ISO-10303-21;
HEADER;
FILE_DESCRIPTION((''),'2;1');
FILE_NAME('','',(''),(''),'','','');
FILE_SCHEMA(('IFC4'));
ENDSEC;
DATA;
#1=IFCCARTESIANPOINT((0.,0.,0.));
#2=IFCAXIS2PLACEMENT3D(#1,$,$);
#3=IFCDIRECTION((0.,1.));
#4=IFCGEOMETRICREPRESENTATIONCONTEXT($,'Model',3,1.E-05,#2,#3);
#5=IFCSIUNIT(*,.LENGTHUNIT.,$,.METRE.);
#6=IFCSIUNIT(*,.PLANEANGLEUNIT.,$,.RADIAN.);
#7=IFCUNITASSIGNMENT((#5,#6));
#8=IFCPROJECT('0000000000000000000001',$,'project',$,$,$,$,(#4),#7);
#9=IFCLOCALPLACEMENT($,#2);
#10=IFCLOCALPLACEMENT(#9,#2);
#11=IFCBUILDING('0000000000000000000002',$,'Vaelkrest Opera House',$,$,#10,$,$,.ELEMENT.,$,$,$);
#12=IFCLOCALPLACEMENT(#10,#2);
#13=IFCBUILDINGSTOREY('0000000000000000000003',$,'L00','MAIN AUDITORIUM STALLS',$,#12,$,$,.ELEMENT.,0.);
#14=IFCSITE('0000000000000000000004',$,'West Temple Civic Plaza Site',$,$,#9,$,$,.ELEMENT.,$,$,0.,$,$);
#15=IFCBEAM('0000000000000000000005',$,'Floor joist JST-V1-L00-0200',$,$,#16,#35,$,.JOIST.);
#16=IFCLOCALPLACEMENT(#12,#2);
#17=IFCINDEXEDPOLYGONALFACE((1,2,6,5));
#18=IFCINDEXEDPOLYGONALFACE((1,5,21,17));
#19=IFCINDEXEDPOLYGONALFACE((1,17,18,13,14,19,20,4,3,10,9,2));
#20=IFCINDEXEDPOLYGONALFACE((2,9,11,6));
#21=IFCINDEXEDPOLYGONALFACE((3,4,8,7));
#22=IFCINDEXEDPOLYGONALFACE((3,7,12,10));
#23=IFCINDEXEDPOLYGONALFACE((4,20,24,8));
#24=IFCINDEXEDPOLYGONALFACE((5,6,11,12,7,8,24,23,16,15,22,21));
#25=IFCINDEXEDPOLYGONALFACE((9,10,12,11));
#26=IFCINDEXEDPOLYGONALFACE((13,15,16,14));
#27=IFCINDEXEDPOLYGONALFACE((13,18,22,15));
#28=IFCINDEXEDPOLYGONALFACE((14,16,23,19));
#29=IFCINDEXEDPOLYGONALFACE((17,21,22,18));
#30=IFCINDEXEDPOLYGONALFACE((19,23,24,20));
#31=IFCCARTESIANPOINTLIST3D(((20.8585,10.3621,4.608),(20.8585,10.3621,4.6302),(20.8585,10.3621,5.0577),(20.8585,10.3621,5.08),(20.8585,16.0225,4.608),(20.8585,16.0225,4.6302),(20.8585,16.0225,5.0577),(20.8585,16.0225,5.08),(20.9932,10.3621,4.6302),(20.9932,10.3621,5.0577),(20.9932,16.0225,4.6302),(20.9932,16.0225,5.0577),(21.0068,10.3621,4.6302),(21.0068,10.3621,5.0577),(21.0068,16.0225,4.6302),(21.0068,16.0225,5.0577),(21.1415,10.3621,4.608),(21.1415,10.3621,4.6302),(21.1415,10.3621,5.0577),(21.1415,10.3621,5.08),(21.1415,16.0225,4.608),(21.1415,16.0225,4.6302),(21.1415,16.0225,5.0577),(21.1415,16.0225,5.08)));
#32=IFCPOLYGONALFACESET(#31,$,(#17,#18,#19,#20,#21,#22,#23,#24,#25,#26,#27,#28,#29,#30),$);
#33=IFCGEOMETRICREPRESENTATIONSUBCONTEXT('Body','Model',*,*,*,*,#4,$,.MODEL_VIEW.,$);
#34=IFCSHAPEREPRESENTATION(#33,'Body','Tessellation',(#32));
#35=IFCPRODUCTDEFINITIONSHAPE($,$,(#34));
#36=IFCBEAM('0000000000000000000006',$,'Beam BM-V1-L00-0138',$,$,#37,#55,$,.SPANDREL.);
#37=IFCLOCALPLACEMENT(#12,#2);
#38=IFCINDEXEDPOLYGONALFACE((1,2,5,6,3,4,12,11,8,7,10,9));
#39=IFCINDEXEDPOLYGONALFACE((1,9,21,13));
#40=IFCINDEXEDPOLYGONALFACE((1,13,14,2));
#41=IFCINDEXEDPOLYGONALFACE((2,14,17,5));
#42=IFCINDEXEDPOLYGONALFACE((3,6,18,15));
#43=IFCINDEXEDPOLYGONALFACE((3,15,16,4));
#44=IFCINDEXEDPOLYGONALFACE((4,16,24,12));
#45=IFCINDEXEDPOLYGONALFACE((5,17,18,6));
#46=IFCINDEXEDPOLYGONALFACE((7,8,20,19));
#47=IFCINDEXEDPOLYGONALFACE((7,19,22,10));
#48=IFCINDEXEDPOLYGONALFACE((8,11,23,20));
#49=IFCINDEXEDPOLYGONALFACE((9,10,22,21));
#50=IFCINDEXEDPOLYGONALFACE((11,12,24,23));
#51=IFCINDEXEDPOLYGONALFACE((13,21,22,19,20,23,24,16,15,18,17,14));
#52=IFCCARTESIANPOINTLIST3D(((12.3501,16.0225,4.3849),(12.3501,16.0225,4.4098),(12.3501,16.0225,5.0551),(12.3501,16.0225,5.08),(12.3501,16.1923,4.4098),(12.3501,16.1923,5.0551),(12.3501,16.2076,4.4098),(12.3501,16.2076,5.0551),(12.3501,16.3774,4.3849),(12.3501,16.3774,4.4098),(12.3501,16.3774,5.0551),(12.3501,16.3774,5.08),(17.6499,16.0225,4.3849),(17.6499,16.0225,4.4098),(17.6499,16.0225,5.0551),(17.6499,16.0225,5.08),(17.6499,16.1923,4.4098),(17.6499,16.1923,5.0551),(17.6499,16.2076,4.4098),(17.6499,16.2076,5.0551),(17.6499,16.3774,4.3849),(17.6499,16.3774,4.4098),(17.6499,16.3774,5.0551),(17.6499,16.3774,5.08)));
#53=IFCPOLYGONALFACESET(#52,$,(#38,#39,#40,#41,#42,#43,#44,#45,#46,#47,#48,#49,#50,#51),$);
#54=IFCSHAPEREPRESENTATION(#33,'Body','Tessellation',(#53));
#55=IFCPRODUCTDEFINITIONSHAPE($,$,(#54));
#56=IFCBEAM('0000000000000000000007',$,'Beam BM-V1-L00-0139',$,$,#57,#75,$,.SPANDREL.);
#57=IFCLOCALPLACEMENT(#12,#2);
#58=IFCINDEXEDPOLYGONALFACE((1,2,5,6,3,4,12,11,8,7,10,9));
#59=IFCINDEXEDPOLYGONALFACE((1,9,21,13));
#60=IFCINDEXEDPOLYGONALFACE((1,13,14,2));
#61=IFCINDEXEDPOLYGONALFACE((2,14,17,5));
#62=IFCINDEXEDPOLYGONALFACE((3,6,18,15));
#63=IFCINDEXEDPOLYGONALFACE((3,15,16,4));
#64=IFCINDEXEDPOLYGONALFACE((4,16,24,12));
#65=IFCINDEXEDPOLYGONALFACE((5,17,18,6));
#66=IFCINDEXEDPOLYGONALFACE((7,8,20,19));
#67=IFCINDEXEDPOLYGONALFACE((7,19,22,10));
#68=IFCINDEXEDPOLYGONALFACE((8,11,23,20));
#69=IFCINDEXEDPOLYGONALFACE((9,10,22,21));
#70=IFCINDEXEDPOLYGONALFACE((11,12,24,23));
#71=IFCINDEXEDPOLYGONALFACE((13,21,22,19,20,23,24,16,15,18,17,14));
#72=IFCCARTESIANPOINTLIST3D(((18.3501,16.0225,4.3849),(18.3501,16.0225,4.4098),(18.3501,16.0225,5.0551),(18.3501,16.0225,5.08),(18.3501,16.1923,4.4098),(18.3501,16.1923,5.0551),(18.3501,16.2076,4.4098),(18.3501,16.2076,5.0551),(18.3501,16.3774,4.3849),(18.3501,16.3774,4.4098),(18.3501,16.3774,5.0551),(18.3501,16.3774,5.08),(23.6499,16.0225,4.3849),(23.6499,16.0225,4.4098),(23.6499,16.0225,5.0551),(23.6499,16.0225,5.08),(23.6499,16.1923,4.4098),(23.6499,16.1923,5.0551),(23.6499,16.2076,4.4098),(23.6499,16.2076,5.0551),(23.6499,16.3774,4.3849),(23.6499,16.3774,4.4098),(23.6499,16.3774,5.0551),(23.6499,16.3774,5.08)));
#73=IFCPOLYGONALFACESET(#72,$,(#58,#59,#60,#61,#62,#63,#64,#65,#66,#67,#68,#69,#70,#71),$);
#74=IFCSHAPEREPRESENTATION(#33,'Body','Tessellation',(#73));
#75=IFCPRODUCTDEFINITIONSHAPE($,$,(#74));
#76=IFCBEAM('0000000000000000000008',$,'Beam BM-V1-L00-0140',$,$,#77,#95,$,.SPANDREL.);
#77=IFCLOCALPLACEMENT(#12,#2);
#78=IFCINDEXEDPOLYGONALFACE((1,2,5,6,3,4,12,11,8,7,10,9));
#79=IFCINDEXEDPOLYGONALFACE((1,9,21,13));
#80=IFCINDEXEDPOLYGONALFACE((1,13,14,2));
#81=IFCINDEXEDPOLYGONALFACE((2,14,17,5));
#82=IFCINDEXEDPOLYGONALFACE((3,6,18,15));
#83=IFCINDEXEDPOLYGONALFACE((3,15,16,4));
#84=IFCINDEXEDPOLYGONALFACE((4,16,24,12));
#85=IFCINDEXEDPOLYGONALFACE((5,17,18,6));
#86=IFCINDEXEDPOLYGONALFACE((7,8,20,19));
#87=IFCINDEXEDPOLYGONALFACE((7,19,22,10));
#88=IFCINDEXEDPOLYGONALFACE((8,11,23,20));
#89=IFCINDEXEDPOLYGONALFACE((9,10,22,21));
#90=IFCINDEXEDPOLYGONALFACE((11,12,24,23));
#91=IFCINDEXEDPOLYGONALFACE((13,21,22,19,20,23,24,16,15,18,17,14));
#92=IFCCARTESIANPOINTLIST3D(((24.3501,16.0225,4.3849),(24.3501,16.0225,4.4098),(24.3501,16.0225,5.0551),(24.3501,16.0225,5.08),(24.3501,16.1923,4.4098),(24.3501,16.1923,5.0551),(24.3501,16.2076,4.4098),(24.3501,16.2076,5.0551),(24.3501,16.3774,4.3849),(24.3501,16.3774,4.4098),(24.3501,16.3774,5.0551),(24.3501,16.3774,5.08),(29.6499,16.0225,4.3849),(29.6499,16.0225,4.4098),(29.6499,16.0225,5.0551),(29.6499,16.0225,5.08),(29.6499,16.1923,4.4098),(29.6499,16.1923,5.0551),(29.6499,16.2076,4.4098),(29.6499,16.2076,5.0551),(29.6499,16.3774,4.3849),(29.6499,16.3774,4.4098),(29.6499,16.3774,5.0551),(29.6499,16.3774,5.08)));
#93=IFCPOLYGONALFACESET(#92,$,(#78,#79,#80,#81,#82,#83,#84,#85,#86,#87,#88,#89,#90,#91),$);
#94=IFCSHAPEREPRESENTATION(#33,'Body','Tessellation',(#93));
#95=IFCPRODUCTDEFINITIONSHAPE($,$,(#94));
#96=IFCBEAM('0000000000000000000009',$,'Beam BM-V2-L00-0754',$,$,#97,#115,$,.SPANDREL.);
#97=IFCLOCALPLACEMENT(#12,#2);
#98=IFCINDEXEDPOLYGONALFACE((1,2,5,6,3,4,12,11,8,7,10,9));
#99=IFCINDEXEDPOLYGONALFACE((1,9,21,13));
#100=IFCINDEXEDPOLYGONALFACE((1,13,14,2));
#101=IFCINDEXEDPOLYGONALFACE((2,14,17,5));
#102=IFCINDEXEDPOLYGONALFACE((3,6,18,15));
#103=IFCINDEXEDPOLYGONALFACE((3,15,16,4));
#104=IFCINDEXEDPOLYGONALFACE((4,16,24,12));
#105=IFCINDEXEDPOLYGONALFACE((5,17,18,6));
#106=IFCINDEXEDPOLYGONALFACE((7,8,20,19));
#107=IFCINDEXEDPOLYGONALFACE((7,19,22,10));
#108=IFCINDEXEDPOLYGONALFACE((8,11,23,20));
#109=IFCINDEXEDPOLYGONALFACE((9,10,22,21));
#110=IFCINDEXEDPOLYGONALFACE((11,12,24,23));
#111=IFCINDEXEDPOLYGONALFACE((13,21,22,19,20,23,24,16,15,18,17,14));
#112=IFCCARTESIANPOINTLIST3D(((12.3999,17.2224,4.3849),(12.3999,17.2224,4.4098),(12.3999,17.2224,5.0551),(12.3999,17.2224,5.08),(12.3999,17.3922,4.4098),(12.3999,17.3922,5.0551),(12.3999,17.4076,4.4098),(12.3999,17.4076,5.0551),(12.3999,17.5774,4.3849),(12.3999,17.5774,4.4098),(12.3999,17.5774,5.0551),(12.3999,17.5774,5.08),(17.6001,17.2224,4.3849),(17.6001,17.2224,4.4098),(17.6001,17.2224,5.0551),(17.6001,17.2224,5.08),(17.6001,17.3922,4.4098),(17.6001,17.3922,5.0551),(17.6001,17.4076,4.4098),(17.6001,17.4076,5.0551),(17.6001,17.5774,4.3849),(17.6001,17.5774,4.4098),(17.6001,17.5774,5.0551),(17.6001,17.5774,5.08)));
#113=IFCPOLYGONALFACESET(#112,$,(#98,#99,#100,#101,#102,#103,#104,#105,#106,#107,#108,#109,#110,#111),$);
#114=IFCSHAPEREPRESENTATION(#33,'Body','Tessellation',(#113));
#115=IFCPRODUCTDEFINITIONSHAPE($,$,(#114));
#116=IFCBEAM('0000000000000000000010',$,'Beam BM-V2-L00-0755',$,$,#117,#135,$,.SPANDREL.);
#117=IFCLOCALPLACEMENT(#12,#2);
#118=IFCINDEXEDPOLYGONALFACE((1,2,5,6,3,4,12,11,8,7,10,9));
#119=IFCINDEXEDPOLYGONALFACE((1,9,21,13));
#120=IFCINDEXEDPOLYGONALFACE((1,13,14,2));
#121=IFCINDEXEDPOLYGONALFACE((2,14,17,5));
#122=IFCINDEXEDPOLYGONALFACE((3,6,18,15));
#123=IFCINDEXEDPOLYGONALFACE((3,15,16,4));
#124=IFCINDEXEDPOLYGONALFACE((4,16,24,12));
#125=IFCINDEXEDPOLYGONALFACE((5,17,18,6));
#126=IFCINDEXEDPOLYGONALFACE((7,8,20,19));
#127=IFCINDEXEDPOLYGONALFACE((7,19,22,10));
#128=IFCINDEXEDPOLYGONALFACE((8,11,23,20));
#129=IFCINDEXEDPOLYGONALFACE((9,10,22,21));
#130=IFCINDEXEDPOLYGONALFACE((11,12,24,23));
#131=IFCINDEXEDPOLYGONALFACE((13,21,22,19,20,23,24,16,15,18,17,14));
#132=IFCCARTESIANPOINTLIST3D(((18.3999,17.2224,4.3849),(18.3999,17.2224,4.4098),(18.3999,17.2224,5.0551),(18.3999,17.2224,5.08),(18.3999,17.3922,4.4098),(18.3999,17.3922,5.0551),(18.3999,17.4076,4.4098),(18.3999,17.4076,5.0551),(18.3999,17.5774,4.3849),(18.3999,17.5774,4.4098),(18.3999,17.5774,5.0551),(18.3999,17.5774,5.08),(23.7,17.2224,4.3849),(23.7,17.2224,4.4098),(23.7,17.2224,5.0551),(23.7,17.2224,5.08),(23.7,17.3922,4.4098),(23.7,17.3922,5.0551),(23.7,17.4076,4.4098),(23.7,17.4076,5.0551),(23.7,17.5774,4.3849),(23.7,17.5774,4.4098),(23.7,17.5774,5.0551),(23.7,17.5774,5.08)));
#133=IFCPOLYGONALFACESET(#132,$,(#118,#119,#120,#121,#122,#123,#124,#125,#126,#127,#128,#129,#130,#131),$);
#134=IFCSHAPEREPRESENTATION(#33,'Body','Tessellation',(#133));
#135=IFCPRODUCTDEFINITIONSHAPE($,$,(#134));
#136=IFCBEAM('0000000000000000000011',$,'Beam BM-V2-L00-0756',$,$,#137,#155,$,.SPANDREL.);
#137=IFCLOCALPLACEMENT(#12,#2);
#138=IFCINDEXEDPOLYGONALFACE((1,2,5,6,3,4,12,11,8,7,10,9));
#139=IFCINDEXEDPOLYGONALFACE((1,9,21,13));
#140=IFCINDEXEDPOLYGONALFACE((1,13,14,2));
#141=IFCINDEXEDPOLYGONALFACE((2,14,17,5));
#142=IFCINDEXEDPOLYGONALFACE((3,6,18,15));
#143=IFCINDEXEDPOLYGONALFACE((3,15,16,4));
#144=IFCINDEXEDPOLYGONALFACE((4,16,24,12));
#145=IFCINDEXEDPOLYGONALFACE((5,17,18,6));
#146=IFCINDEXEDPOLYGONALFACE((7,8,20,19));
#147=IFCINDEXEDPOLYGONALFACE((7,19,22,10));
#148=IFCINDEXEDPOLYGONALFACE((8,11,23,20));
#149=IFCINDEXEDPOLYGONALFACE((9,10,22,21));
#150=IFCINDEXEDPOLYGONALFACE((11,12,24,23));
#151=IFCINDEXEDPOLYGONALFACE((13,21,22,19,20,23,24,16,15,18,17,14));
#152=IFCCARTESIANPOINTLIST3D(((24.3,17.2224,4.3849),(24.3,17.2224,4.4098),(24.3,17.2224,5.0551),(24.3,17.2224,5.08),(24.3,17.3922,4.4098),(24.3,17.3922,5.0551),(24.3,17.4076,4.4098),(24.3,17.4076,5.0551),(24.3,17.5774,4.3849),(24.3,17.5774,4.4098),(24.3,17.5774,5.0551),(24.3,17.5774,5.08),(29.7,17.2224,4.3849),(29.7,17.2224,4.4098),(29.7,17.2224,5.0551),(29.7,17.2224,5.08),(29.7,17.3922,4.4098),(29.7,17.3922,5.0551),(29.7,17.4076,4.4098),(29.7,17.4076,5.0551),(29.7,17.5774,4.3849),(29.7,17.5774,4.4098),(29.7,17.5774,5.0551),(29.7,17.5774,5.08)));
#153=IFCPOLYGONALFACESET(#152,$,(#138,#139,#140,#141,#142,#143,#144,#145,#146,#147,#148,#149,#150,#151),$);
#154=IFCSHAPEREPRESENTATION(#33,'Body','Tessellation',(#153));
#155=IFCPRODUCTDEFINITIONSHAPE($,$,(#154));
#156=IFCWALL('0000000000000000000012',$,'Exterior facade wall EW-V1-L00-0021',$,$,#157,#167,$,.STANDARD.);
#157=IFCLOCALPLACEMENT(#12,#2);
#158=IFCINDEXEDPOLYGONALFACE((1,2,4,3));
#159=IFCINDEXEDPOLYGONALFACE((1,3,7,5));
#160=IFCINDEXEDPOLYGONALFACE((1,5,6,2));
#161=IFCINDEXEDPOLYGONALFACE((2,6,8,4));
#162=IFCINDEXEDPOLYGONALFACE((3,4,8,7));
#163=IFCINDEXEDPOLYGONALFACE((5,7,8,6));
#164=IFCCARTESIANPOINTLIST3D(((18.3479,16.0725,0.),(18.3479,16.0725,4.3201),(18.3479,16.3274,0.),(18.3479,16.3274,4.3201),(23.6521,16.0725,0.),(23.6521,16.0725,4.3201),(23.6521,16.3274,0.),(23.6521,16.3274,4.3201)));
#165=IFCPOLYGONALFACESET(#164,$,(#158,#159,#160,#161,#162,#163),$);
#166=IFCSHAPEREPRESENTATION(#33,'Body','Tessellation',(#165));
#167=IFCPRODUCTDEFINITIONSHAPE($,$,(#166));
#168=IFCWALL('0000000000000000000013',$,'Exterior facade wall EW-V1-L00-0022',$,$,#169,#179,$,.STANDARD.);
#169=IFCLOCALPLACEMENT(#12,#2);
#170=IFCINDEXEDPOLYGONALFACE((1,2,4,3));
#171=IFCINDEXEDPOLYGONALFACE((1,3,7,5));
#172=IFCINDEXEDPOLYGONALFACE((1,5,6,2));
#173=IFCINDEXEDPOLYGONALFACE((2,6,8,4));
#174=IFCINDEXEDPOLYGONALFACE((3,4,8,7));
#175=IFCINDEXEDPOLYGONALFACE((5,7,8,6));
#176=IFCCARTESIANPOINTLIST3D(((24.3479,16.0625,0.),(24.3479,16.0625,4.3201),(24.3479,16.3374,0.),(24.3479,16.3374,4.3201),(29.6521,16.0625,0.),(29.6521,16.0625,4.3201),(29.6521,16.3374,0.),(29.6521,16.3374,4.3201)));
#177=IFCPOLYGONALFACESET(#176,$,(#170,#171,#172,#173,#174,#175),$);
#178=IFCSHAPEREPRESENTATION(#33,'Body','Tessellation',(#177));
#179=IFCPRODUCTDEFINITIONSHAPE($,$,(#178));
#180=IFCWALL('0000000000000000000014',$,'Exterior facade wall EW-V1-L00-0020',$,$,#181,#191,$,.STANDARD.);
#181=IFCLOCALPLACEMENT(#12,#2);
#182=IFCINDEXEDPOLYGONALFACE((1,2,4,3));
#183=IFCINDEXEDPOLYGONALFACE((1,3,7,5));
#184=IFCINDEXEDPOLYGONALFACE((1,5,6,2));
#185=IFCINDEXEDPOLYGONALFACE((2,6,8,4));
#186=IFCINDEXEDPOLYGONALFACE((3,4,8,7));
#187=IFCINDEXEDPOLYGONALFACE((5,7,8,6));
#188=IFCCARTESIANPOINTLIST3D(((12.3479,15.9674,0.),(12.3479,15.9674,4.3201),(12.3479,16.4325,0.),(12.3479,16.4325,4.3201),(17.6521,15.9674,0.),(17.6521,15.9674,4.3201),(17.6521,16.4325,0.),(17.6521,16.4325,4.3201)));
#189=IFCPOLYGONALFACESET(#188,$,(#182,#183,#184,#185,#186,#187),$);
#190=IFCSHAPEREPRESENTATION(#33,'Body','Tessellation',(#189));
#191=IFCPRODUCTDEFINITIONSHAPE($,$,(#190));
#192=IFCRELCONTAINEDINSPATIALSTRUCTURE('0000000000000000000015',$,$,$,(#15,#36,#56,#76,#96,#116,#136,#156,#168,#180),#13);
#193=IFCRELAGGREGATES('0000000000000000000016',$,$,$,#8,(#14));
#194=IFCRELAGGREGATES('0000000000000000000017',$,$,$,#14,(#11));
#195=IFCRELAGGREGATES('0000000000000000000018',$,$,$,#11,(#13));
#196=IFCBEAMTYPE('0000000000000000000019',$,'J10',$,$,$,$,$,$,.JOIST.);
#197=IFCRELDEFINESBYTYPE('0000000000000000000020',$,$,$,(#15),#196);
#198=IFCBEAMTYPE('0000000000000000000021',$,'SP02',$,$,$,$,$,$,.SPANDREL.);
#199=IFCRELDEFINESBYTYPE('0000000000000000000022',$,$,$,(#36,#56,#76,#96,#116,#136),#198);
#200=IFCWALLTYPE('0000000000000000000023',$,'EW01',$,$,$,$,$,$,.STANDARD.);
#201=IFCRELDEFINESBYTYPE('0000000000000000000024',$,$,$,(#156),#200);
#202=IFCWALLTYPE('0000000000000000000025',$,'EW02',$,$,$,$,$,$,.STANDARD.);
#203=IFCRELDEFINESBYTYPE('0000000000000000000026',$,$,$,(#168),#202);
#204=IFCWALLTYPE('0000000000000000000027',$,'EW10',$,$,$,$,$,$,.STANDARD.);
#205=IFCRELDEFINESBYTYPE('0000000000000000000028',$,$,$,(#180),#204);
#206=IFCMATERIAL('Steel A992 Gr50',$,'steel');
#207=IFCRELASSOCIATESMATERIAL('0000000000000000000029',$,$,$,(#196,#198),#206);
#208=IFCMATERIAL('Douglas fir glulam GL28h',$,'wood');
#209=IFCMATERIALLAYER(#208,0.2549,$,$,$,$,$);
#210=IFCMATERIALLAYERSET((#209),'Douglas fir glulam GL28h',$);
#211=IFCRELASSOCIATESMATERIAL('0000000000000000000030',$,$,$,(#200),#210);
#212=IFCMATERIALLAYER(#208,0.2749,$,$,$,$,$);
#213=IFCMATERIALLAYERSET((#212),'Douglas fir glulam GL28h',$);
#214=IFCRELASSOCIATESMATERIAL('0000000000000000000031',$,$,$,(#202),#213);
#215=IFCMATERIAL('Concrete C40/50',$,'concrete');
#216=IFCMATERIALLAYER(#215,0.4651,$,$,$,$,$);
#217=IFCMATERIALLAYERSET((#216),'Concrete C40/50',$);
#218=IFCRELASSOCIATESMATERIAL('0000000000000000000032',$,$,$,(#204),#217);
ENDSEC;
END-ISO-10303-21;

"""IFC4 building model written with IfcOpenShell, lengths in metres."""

from ifc_helpers import new_model, si_unit, direction, frame, frame_2d, origin, origin_2d, place, context, subcontext, project, spatial, rectangle, i_section, extrude, material, layer, layer_set, material_profile, profile_set, type_object, element, save


model = new_model("IFC4")

# Units and contexts
model_context = context("Model", 3, precision=1e-05, world=origin(), true_north=direction((0.0, 1.0)))
body_context = subcontext(model_context, "Body", "Model", "MODEL_VIEW")
ifc_project = project(units=[si_unit("LENGTHUNIT", "METRE"), si_unit("PLANEANGLEUNIT", "RADIAN")], contexts=[model_context])

# Site, building, storey
site_placement = place(None, origin())
site = spatial("IfcSite", under=ifc_project, at=site_placement, Name="West Temple Civic Plaza Site", CompositionType="ELEMENT", RefElevation=0.0)
building_placement = place(site_placement, origin())
building = spatial("IfcBuilding", under=site, at=building_placement, Name="Vaelkrest Opera House", CompositionType="ELEMENT")
storey_placement = place(building_placement, origin())
storey = spatial("IfcBuildingStorey", under=building, at=storey_placement, Name="L00", Description="MAIN AUDITORIUM STALLS", CompositionType="ELEMENT", Elevation=0.0)

# Beams
ifc_material_1 = material(Name="Steel A992 Gr50", Category="steel")
ifc_material_profile_1 = material_profile(ifc_material_1, i_section(OverallWidth=0.283, OverallDepth=0.4719, WebThickness=0.0137, FlangeThickness=0.0222, at=origin_2d()), Name="W18X97")
ifc_profile_set_1 = profile_set([ifc_material_profile_1], Name="Steel A992 Gr50")
beam_type_1 = type_object("IfcBeamType", Name="J10", PredefinedType="JOIST", material=ifc_profile_set_1)
beam_1_placement = place(storey_placement, frame((21.0, 10.3621, 4.844), z_axis=(0.0, 1.0, 0.0), x_axis=(-1.0, 0.0, 0.0)))
element("IfcBeam", 1, at=beam_1_placement, inside=storey, type_object=beam_type_1, Name="Floor joist JST-V1-L00-0200", PredefinedType="JOIST", context=body_context, shape_type="SweptSolid", body=[
    extrude(i_section(OverallWidth=0.283, OverallDepth=0.4719, WebThickness=0.0137, FlangeThickness=0.0222, at=origin_2d()), origin(), (0.0, 0.0, 1.0), 5.6604),
])
ifc_material_profile_2 = material_profile(ifc_material_1, i_section(OverallWidth=0.355, OverallDepth=0.6951, WebThickness=0.0154, FlangeThickness=0.0249, at=origin_2d()), Name="W27X146")
ifc_profile_set_2 = profile_set([ifc_material_profile_2], Name="Steel A992 Gr50")
beam_type_2 = type_object("IfcBeamType", Name="SP02", PredefinedType="SPANDREL", material=ifc_profile_set_2)
for number, where, z_axis, x_axis, name in (
    (2, (12.3501, 16.2, 4.7324), (1.0, 0.0, 0.0), (0.0, 1.0, 0.0), "Beam BM-V1-L00-0138"),
    (3, (18.3501, 16.2, 4.7324), (1.0, 0.0, 0.0), (0.0, 1.0, 0.0), "Beam BM-V1-L00-0139"),
    (4, (24.3501, 16.2, 4.7324), (1.0, 0.0, 0.0), (0.0, 1.0, 0.0), "Beam BM-V1-L00-0140"),
):
    element("IfcBeam", number, at=place(storey_placement, frame(where, z_axis=z_axis, x_axis=x_axis)), inside=storey, type_object=beam_type_2, Name=name, PredefinedType="SPANDREL", context=body_context, shape_type="SweptSolid", body=[
        extrude(i_section(OverallWidth=0.355, OverallDepth=0.6951, WebThickness=0.0154, FlangeThickness=0.0249, at=origin_2d()), origin(), (0.0, 0.0, 1.0), 5.2998),
    ])
beam_2_placement = place(storey_placement, frame((12.3999, 17.3999, 4.7324), z_axis=(1.0, 0.0, 0.0), x_axis=(0.0, 1.0, 0.0)))
element("IfcBeam", 5, at=beam_2_placement, inside=storey, type_object=beam_type_2, Name="Beam BM-V2-L00-0754", PredefinedType="SPANDREL", context=body_context, shape_type="SweptSolid", body=[
    extrude(i_section(OverallWidth=0.355, OverallDepth=0.6951, WebThickness=0.0154, FlangeThickness=0.0249, at=origin_2d()), origin(), (0.0, 0.0, 1.0), 5.2002),
])
beam_3_placement = place(storey_placement, frame((18.3999, 17.3999, 4.7324), z_axis=(1.0, 0.0, 0.0), x_axis=(0.0, 1.0, 0.0)))
element("IfcBeam", 6, at=beam_3_placement, inside=storey, type_object=beam_type_2, Name="Beam BM-V2-L00-0755", PredefinedType="SPANDREL", context=body_context, shape_type="SweptSolid", body=[
    extrude(i_section(OverallWidth=0.355, OverallDepth=0.6951, WebThickness=0.0154, FlangeThickness=0.0249, at=origin_2d()), origin(), (0.0, 0.0, 1.0), 5.3),
])
beam_4_placement = place(storey_placement, frame((24.3, 17.3999, 4.7324), z_axis=(1.0, 0.0, 0.0), x_axis=(0.0, 1.0, 0.0)))
element("IfcBeam", 7, at=beam_4_placement, inside=storey, type_object=beam_type_2, Name="Beam BM-V2-L00-0756", PredefinedType="SPANDREL", context=body_context, shape_type="SweptSolid", body=[
    extrude(i_section(OverallWidth=0.355, OverallDepth=0.6951, WebThickness=0.0154, FlangeThickness=0.0249, at=origin_2d()), origin(), (0.0, 0.0, 1.0), 5.3999),
])

# Walls
ifc_material_2 = material(Name="Douglas fir glulam GL28h", Category="wood")
ifc_layer_1 = layer(ifc_material_2, 0.2549)
ifc_layer_set_1 = layer_set([ifc_layer_1], Name="Douglas fir glulam GL28h")
wall_type_1 = type_object("IfcWallType", Name="EW01", PredefinedType="STANDARD", material=ifc_layer_set_1)
wall_1_placement = place(storey_placement, frame((18.3479, 16.2, 0.0), z_axis=(0.0, 0.0, 1.0), x_axis=(1.0, 0.0, 0.0)))
element("IfcWall", 8, at=wall_1_placement, inside=storey, type_object=wall_type_1, Name="Exterior facade wall EW-V1-L00-0021", PredefinedType="STANDARD", context=body_context, shape_type="SweptSolid", body=[
    extrude(rectangle(XDim=5.3042, YDim=0.2549, at=frame_2d((2.6521, 0.0))), origin(), (0.0, 0.0, 1.0), 4.3201),
])
ifc_layer_2 = layer(ifc_material_2, 0.2749)
ifc_layer_set_2 = layer_set([ifc_layer_2], Name="Douglas fir glulam GL28h")
wall_type_2 = type_object("IfcWallType", Name="EW02", PredefinedType="STANDARD", material=ifc_layer_set_2)
wall_2_placement = place(storey_placement, frame((24.3479, 16.2, 0.0), z_axis=(0.0, 0.0, 1.0), x_axis=(1.0, 0.0, 0.0)))
element("IfcWall", 9, at=wall_2_placement, inside=storey, type_object=wall_type_2, Name="Exterior facade wall EW-V1-L00-0022", PredefinedType="STANDARD", context=body_context, shape_type="SweptSolid", body=[
    extrude(rectangle(XDim=5.3042, YDim=0.2749, at=frame_2d((2.6521, 0.0))), origin(), (0.0, 0.0, 1.0), 4.3201),
])
ifc_material_3 = material(Name="Concrete C40/50", Category="concrete")
ifc_layer_3 = layer(ifc_material_3, 0.4651)
ifc_layer_set_3 = layer_set([ifc_layer_3], Name="Concrete C40/50")
wall_type_3 = type_object("IfcWallType", Name="EW10", PredefinedType="STANDARD", material=ifc_layer_set_3)
wall_3_placement = place(storey_placement, frame((12.3479, 16.2, 0.0), z_axis=(0.0, 0.0, 1.0), x_axis=(1.0, 0.0, 0.0)))
element("IfcWall", 10, at=wall_3_placement, inside=storey, type_object=wall_type_3, Name="Exterior facade wall EW-V1-L00-0020", PredefinedType="STANDARD", context=body_context, shape_type="SweptSolid", body=[
    extrude(rectangle(XDim=5.3042, YDim=0.4651, at=frame_2d((2.6521, 0.0))), origin(), (0.0, 0.0, 1.0), 4.3201),
])

save(model, "model.ifc")
